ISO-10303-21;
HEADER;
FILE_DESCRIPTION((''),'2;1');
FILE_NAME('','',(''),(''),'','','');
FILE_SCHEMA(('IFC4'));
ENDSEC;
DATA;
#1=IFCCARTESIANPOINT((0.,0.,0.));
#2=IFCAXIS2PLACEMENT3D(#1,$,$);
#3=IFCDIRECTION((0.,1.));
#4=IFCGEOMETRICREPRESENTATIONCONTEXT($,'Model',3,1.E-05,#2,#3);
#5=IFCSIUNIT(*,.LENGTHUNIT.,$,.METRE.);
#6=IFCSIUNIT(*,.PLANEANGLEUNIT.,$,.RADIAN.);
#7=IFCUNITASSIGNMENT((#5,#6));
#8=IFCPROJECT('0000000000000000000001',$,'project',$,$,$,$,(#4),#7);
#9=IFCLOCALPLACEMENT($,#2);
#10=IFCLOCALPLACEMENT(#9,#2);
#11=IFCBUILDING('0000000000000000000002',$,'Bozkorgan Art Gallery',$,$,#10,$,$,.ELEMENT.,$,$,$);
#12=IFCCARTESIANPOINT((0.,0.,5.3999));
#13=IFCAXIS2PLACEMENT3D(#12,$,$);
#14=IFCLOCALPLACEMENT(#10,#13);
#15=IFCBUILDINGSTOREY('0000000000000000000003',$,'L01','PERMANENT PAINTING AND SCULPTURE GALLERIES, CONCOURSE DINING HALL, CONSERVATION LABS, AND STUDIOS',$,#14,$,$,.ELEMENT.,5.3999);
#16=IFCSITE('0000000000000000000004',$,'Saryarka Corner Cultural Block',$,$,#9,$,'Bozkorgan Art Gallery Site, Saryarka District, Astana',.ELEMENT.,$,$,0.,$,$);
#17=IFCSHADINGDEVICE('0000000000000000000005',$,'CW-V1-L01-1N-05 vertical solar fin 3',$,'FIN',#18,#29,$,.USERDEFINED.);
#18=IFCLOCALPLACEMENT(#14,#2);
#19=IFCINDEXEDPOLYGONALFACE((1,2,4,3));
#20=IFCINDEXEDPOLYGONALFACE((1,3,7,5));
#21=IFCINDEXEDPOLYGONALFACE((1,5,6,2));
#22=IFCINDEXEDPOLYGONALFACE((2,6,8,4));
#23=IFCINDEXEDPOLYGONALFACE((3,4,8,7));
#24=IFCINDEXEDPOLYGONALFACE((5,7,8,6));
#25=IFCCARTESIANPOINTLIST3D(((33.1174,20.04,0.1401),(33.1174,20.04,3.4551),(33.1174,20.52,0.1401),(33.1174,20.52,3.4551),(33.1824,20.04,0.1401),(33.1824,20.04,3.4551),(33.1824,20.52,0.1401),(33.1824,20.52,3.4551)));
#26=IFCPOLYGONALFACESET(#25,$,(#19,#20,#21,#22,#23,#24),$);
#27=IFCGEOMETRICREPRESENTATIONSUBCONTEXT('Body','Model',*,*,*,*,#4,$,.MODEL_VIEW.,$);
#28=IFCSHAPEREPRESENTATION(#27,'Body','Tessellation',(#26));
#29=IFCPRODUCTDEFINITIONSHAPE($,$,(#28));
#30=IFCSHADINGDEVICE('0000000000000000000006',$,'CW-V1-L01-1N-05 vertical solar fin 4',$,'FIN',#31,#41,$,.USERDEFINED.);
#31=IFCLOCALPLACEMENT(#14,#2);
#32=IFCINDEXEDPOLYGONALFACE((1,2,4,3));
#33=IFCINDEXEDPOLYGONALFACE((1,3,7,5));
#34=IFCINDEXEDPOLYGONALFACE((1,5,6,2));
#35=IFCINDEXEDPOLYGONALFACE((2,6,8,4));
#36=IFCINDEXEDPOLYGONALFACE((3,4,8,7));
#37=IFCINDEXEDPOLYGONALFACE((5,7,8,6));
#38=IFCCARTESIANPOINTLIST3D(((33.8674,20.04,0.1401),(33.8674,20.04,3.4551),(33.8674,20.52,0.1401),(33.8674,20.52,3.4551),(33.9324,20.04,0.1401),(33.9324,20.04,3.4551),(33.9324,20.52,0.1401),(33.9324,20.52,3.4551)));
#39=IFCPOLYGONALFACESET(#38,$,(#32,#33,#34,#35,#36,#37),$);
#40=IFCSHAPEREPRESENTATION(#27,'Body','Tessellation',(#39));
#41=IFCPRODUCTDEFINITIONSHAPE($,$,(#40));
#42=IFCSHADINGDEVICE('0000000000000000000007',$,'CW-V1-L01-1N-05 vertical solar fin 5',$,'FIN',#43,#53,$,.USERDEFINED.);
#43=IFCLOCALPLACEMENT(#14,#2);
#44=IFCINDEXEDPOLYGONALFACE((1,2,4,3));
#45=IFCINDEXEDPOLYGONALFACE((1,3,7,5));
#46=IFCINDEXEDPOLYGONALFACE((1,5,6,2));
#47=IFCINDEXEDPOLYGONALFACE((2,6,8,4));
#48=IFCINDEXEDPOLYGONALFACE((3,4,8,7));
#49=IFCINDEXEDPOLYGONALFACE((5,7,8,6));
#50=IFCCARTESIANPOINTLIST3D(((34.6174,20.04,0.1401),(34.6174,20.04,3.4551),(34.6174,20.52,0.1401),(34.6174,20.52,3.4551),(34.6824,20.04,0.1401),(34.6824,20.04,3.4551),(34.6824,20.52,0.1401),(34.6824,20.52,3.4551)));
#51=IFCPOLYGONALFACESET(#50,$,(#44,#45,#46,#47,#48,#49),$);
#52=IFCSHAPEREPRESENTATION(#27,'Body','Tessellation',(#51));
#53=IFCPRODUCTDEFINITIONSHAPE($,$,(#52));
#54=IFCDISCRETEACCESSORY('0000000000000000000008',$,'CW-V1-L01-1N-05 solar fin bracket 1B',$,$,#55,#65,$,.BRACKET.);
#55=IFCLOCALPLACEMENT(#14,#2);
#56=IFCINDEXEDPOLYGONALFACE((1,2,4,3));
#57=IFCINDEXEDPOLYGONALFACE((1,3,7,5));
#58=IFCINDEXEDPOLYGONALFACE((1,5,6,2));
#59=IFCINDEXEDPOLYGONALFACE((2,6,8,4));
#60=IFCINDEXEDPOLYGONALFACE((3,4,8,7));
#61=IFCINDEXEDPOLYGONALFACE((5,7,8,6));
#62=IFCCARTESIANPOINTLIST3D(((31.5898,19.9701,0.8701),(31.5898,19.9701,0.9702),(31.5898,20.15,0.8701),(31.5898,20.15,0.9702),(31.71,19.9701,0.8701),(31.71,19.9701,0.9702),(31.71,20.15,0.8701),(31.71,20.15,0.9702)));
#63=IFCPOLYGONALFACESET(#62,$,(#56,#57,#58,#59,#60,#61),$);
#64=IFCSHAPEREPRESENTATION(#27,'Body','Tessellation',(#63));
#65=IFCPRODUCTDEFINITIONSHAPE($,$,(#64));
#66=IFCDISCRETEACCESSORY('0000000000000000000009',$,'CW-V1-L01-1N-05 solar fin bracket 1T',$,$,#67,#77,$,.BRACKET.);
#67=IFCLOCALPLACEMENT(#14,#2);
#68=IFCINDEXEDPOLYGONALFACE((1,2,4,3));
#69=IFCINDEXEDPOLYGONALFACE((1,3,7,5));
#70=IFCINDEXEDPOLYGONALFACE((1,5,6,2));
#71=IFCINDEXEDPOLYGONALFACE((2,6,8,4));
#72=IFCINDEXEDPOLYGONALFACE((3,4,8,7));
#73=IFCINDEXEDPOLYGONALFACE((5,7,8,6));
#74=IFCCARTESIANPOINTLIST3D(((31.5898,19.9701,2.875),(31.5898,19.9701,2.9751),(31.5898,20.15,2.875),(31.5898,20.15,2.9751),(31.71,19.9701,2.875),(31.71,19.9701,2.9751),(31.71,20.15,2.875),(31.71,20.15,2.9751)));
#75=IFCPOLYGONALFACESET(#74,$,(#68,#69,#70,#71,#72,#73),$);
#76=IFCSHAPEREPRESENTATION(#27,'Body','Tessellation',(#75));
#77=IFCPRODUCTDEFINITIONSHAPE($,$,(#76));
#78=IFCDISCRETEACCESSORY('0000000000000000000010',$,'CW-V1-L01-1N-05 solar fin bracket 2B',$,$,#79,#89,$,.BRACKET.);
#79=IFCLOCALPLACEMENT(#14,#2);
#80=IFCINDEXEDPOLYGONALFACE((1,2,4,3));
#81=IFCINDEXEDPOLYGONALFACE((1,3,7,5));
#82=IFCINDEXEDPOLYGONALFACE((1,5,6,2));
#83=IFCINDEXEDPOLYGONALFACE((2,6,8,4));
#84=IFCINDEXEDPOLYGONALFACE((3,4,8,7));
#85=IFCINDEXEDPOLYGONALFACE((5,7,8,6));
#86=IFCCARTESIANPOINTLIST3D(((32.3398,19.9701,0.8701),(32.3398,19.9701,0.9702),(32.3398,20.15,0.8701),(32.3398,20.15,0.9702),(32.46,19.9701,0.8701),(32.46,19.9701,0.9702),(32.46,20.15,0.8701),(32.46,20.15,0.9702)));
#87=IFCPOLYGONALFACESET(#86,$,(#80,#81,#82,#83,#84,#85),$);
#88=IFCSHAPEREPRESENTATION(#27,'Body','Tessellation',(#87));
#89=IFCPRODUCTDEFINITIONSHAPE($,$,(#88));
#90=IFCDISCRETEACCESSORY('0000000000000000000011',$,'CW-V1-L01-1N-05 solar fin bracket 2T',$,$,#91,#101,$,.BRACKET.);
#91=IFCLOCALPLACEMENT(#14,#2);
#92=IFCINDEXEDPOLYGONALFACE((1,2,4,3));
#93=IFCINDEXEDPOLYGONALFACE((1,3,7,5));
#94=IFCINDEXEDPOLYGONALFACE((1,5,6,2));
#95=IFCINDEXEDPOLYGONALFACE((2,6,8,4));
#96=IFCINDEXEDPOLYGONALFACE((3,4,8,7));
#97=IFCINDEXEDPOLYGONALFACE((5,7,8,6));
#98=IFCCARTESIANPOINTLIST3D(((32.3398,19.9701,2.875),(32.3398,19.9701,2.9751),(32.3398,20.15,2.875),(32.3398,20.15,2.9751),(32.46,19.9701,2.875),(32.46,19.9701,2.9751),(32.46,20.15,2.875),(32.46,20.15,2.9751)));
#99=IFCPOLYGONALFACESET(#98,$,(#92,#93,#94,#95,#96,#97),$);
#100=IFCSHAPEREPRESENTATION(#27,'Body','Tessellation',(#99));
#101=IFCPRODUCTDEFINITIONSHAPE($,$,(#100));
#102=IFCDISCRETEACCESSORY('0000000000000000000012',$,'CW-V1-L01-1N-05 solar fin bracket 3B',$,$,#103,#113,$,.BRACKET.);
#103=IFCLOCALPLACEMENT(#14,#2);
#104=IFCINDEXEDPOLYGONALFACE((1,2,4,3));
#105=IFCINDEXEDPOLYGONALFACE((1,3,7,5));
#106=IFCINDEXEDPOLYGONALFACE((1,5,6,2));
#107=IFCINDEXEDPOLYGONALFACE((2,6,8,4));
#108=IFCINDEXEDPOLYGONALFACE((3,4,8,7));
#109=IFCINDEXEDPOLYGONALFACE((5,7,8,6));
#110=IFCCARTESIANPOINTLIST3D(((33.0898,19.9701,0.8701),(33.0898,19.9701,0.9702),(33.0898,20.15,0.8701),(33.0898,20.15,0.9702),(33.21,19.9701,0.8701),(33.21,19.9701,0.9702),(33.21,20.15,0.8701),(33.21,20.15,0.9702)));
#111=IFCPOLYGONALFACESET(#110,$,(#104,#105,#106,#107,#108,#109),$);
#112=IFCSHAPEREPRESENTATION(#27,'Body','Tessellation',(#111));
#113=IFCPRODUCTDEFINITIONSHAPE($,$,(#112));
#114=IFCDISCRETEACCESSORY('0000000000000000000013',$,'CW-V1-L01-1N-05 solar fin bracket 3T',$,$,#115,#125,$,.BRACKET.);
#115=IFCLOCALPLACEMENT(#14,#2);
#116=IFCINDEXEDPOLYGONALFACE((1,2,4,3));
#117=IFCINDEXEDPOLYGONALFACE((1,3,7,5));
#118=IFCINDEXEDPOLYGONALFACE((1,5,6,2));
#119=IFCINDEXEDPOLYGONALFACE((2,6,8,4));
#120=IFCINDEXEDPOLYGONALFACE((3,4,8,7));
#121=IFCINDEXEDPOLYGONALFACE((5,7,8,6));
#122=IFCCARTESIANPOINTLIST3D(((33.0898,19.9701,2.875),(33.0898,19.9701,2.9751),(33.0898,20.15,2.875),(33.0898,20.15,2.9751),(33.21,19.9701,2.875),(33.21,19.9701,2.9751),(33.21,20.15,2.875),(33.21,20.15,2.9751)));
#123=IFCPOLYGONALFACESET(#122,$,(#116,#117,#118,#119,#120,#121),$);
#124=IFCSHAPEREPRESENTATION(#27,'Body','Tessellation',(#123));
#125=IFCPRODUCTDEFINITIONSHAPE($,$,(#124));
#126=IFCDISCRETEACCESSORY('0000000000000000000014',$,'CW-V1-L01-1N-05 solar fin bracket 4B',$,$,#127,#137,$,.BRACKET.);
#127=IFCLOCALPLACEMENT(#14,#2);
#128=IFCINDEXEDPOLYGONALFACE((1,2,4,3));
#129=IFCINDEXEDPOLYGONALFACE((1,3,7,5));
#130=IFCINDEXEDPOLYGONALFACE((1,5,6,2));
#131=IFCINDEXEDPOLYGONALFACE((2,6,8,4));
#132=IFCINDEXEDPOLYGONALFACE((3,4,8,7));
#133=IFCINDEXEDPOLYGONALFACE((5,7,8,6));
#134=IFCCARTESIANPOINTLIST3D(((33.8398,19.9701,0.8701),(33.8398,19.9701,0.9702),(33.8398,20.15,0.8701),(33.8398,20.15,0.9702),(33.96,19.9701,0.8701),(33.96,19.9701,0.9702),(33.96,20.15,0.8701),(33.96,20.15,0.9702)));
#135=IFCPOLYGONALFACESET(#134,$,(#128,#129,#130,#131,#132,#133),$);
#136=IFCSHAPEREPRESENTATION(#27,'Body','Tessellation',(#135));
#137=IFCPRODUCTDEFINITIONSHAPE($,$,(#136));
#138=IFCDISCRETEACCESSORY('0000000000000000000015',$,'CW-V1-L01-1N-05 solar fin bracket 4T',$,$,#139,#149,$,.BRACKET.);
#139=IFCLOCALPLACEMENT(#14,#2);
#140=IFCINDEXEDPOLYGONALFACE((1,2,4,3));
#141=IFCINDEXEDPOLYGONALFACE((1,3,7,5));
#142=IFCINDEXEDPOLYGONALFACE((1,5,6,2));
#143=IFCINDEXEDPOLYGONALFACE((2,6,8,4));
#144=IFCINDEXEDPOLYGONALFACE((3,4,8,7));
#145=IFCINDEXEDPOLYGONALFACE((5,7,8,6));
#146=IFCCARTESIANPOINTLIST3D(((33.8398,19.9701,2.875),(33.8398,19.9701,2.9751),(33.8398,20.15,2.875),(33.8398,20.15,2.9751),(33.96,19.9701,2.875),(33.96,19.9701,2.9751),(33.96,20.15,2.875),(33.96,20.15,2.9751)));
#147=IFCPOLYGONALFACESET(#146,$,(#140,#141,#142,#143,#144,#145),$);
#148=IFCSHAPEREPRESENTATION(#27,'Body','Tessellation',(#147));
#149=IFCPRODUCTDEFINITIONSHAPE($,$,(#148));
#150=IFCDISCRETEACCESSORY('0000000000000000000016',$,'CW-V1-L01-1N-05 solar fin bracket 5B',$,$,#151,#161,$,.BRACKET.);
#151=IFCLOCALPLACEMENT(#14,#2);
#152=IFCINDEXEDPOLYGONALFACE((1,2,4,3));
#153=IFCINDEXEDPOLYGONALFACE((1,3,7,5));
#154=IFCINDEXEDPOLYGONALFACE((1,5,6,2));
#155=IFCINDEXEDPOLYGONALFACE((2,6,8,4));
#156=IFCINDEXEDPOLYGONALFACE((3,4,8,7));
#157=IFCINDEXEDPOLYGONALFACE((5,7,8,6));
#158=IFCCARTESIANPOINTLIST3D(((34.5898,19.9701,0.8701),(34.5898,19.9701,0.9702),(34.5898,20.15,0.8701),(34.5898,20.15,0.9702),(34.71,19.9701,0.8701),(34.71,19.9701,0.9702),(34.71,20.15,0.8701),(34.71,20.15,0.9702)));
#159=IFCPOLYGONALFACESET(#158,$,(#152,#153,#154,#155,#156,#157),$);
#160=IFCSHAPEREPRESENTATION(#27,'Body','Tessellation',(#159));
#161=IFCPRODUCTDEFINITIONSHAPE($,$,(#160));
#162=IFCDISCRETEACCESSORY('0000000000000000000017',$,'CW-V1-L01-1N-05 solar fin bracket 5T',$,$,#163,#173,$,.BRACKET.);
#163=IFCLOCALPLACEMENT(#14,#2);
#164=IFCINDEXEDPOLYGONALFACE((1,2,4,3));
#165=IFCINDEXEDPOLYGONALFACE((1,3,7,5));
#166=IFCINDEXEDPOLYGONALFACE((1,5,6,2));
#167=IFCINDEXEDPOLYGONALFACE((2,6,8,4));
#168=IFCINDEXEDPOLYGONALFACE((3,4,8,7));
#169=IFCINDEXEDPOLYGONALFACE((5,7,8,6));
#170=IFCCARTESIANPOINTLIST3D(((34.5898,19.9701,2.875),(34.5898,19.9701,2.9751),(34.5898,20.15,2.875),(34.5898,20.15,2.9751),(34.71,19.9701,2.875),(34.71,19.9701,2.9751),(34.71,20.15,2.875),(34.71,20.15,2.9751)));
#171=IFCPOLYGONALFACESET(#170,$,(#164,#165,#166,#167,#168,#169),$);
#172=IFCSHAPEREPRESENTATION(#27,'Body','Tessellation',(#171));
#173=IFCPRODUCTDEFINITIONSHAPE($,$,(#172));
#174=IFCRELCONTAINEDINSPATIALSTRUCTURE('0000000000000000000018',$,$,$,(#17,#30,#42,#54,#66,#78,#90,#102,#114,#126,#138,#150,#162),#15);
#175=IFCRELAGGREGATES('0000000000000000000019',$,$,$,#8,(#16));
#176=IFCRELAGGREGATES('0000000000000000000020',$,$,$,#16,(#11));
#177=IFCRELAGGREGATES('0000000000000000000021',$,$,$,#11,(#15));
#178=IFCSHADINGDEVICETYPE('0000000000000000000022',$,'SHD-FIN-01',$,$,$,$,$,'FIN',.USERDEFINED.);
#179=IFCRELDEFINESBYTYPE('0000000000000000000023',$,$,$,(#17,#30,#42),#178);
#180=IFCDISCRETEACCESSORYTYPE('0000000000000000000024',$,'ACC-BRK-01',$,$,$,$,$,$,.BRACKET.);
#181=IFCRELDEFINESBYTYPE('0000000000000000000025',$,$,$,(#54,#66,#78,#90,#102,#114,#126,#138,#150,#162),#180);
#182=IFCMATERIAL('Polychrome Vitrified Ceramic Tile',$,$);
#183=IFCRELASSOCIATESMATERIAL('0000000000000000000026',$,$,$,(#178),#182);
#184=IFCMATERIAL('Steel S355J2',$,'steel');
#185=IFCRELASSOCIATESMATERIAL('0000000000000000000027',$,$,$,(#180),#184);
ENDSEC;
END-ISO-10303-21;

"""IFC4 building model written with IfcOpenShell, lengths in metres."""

from ifc_helpers import new_model, si_unit, direction, frame, origin, origin_2d, place, context, subcontext, project, spatial, rectangle, extrude, material, type_object, element, save


model = new_model("IFC4")

# Units and contexts
model_context = context("Model", 3, precision=1e-05, world=origin(), true_north=direction((0.0, 1.0)))
body_context = subcontext(model_context, "Body", "Model", "MODEL_VIEW")
ifc_project = project(units=[si_unit("LENGTHUNIT", "METRE"), si_unit("PLANEANGLEUNIT", "RADIAN")], contexts=[model_context])

# Site, building, storey
site_placement = place(None, origin())
site = spatial("IfcSite", under=ifc_project, at=site_placement, Name="Saryarka Corner Cultural Block", LongName="Bozkorgan Art Gallery Site, Saryarka District, Astana", CompositionType="ELEMENT", RefElevation=0.0)
building_placement = place(site_placement, origin())
building = spatial("IfcBuilding", under=site, at=building_placement, Name="Bozkorgan Art Gallery", CompositionType="ELEMENT")
storey_placement = place(building_placement, frame((0.0, 0.0, 5.3999)))
storey = spatial("IfcBuildingStorey", under=building, at=storey_placement, Name="L01", Description="PERMANENT PAINTING AND SCULPTURE GALLERIES, CONCOURSE DINING HALL, CONSERVATION LABS, AND STUDIOS", CompositionType="ELEMENT", Elevation=5.3999)

# Shared definitions
ifc_material_1 = material(Name="Steel S355J2", Category="steel")

# Shading devices
ifc_material_2 = material(Name="Polychrome Vitrified Ceramic Tile")
shading_device_type = type_object("IfcShadingDeviceType", Name="SHD-FIN-01", ElementType="FIN", PredefinedType="USERDEFINED", material=ifc_material_2)
for number, where, z_axis, x_axis, name in (
    (1, (33.1499, 20.28, 0.1401), (0.0, 0.0, 1.0), (0.0, 1.0, 0.0), "CW-V1-L01-1N-05 vertical solar fin 3"),
    (2, (33.8999, 20.28, 0.1401), (0.0, 0.0, 1.0), (0.0, 1.0, 0.0), "CW-V1-L01-1N-05 vertical solar fin 4"),
    (3, (34.6499, 20.28, 0.1401), (0.0, 0.0, 1.0), (0.0, 1.0, 0.0), "CW-V1-L01-1N-05 vertical solar fin 5"),
):
    element("IfcShadingDevice", number, at=place(storey_placement, frame(where, z_axis=z_axis, x_axis=x_axis)), inside=storey, type_object=shading_device_type, Name=name, ObjectType="FIN", PredefinedType="USERDEFINED", context=body_context, shape_type="SweptSolid", body=[
        extrude(rectangle(XDim=0.48, YDim=0.0649, at=origin_2d()), origin(), (0.0, 0.0, 1.0), 3.3149),
    ])

# Discrete accessories
discrete_accessory_type = type_object("IfcDiscreteAccessoryType", Name="ACC-BRK-01", PredefinedType="BRACKET", material=ifc_material_1)
for number, where, z_axis, x_axis, name in (
    (4, (31.6499, 20.0601, 0.8701), (0.0, 0.0, 1.0), (0.0, 1.0, 0.0), "CW-V1-L01-1N-05 solar fin bracket 1B"),
    (5, (31.6499, 20.0601, 2.875), (0.0, 0.0, 1.0), (0.0, 1.0, 0.0), "CW-V1-L01-1N-05 solar fin bracket 1T"),
    (6, (32.3999, 20.0601, 0.8701), (0.0, 0.0, 1.0), (0.0, 1.0, 0.0), "CW-V1-L01-1N-05 solar fin bracket 2B"),
    (7, (32.3999, 20.0601, 2.875), (0.0, 0.0, 1.0), (0.0, 1.0, 0.0), "CW-V1-L01-1N-05 solar fin bracket 2T"),
    (8, (33.1499, 20.0601, 0.8701), (0.0, 0.0, 1.0), (0.0, 1.0, 0.0), "CW-V1-L01-1N-05 solar fin bracket 3B"),
    (9, (33.1499, 20.0601, 2.875), (0.0, 0.0, 1.0), (0.0, 1.0, 0.0), "CW-V1-L01-1N-05 solar fin bracket 3T"),
    (10, (33.8999, 20.0601, 0.8701), (0.0, 0.0, 1.0), (0.0, 1.0, 0.0), "CW-V1-L01-1N-05 solar fin bracket 4B"),
    (11, (33.8999, 20.0601, 2.875), (0.0, 0.0, 1.0), (0.0, 1.0, 0.0), "CW-V1-L01-1N-05 solar fin bracket 4T"),
    (12, (34.6499, 20.0601, 0.8701), (0.0, 0.0, 1.0), (0.0, 1.0, 0.0), "CW-V1-L01-1N-05 solar fin bracket 5B"),
    (13, (34.6499, 20.0601, 2.875), (0.0, 0.0, 1.0), (0.0, 1.0, 0.0), "CW-V1-L01-1N-05 solar fin bracket 5T"),
):
    element("IfcDiscreteAccessory", number, at=place(storey_placement, frame(where, z_axis=z_axis, x_axis=x_axis)), inside=storey, type_object=discrete_accessory_type, Name=name, PredefinedType="BRACKET", context=body_context, shape_type="SweptSolid", body=[
        extrude(rectangle(XDim=0.1799, YDim=0.1201, at=origin_2d()), origin(), (0.0, 0.0, 1.0), 0.1001),
    ])

save(model, "model.ifc")
